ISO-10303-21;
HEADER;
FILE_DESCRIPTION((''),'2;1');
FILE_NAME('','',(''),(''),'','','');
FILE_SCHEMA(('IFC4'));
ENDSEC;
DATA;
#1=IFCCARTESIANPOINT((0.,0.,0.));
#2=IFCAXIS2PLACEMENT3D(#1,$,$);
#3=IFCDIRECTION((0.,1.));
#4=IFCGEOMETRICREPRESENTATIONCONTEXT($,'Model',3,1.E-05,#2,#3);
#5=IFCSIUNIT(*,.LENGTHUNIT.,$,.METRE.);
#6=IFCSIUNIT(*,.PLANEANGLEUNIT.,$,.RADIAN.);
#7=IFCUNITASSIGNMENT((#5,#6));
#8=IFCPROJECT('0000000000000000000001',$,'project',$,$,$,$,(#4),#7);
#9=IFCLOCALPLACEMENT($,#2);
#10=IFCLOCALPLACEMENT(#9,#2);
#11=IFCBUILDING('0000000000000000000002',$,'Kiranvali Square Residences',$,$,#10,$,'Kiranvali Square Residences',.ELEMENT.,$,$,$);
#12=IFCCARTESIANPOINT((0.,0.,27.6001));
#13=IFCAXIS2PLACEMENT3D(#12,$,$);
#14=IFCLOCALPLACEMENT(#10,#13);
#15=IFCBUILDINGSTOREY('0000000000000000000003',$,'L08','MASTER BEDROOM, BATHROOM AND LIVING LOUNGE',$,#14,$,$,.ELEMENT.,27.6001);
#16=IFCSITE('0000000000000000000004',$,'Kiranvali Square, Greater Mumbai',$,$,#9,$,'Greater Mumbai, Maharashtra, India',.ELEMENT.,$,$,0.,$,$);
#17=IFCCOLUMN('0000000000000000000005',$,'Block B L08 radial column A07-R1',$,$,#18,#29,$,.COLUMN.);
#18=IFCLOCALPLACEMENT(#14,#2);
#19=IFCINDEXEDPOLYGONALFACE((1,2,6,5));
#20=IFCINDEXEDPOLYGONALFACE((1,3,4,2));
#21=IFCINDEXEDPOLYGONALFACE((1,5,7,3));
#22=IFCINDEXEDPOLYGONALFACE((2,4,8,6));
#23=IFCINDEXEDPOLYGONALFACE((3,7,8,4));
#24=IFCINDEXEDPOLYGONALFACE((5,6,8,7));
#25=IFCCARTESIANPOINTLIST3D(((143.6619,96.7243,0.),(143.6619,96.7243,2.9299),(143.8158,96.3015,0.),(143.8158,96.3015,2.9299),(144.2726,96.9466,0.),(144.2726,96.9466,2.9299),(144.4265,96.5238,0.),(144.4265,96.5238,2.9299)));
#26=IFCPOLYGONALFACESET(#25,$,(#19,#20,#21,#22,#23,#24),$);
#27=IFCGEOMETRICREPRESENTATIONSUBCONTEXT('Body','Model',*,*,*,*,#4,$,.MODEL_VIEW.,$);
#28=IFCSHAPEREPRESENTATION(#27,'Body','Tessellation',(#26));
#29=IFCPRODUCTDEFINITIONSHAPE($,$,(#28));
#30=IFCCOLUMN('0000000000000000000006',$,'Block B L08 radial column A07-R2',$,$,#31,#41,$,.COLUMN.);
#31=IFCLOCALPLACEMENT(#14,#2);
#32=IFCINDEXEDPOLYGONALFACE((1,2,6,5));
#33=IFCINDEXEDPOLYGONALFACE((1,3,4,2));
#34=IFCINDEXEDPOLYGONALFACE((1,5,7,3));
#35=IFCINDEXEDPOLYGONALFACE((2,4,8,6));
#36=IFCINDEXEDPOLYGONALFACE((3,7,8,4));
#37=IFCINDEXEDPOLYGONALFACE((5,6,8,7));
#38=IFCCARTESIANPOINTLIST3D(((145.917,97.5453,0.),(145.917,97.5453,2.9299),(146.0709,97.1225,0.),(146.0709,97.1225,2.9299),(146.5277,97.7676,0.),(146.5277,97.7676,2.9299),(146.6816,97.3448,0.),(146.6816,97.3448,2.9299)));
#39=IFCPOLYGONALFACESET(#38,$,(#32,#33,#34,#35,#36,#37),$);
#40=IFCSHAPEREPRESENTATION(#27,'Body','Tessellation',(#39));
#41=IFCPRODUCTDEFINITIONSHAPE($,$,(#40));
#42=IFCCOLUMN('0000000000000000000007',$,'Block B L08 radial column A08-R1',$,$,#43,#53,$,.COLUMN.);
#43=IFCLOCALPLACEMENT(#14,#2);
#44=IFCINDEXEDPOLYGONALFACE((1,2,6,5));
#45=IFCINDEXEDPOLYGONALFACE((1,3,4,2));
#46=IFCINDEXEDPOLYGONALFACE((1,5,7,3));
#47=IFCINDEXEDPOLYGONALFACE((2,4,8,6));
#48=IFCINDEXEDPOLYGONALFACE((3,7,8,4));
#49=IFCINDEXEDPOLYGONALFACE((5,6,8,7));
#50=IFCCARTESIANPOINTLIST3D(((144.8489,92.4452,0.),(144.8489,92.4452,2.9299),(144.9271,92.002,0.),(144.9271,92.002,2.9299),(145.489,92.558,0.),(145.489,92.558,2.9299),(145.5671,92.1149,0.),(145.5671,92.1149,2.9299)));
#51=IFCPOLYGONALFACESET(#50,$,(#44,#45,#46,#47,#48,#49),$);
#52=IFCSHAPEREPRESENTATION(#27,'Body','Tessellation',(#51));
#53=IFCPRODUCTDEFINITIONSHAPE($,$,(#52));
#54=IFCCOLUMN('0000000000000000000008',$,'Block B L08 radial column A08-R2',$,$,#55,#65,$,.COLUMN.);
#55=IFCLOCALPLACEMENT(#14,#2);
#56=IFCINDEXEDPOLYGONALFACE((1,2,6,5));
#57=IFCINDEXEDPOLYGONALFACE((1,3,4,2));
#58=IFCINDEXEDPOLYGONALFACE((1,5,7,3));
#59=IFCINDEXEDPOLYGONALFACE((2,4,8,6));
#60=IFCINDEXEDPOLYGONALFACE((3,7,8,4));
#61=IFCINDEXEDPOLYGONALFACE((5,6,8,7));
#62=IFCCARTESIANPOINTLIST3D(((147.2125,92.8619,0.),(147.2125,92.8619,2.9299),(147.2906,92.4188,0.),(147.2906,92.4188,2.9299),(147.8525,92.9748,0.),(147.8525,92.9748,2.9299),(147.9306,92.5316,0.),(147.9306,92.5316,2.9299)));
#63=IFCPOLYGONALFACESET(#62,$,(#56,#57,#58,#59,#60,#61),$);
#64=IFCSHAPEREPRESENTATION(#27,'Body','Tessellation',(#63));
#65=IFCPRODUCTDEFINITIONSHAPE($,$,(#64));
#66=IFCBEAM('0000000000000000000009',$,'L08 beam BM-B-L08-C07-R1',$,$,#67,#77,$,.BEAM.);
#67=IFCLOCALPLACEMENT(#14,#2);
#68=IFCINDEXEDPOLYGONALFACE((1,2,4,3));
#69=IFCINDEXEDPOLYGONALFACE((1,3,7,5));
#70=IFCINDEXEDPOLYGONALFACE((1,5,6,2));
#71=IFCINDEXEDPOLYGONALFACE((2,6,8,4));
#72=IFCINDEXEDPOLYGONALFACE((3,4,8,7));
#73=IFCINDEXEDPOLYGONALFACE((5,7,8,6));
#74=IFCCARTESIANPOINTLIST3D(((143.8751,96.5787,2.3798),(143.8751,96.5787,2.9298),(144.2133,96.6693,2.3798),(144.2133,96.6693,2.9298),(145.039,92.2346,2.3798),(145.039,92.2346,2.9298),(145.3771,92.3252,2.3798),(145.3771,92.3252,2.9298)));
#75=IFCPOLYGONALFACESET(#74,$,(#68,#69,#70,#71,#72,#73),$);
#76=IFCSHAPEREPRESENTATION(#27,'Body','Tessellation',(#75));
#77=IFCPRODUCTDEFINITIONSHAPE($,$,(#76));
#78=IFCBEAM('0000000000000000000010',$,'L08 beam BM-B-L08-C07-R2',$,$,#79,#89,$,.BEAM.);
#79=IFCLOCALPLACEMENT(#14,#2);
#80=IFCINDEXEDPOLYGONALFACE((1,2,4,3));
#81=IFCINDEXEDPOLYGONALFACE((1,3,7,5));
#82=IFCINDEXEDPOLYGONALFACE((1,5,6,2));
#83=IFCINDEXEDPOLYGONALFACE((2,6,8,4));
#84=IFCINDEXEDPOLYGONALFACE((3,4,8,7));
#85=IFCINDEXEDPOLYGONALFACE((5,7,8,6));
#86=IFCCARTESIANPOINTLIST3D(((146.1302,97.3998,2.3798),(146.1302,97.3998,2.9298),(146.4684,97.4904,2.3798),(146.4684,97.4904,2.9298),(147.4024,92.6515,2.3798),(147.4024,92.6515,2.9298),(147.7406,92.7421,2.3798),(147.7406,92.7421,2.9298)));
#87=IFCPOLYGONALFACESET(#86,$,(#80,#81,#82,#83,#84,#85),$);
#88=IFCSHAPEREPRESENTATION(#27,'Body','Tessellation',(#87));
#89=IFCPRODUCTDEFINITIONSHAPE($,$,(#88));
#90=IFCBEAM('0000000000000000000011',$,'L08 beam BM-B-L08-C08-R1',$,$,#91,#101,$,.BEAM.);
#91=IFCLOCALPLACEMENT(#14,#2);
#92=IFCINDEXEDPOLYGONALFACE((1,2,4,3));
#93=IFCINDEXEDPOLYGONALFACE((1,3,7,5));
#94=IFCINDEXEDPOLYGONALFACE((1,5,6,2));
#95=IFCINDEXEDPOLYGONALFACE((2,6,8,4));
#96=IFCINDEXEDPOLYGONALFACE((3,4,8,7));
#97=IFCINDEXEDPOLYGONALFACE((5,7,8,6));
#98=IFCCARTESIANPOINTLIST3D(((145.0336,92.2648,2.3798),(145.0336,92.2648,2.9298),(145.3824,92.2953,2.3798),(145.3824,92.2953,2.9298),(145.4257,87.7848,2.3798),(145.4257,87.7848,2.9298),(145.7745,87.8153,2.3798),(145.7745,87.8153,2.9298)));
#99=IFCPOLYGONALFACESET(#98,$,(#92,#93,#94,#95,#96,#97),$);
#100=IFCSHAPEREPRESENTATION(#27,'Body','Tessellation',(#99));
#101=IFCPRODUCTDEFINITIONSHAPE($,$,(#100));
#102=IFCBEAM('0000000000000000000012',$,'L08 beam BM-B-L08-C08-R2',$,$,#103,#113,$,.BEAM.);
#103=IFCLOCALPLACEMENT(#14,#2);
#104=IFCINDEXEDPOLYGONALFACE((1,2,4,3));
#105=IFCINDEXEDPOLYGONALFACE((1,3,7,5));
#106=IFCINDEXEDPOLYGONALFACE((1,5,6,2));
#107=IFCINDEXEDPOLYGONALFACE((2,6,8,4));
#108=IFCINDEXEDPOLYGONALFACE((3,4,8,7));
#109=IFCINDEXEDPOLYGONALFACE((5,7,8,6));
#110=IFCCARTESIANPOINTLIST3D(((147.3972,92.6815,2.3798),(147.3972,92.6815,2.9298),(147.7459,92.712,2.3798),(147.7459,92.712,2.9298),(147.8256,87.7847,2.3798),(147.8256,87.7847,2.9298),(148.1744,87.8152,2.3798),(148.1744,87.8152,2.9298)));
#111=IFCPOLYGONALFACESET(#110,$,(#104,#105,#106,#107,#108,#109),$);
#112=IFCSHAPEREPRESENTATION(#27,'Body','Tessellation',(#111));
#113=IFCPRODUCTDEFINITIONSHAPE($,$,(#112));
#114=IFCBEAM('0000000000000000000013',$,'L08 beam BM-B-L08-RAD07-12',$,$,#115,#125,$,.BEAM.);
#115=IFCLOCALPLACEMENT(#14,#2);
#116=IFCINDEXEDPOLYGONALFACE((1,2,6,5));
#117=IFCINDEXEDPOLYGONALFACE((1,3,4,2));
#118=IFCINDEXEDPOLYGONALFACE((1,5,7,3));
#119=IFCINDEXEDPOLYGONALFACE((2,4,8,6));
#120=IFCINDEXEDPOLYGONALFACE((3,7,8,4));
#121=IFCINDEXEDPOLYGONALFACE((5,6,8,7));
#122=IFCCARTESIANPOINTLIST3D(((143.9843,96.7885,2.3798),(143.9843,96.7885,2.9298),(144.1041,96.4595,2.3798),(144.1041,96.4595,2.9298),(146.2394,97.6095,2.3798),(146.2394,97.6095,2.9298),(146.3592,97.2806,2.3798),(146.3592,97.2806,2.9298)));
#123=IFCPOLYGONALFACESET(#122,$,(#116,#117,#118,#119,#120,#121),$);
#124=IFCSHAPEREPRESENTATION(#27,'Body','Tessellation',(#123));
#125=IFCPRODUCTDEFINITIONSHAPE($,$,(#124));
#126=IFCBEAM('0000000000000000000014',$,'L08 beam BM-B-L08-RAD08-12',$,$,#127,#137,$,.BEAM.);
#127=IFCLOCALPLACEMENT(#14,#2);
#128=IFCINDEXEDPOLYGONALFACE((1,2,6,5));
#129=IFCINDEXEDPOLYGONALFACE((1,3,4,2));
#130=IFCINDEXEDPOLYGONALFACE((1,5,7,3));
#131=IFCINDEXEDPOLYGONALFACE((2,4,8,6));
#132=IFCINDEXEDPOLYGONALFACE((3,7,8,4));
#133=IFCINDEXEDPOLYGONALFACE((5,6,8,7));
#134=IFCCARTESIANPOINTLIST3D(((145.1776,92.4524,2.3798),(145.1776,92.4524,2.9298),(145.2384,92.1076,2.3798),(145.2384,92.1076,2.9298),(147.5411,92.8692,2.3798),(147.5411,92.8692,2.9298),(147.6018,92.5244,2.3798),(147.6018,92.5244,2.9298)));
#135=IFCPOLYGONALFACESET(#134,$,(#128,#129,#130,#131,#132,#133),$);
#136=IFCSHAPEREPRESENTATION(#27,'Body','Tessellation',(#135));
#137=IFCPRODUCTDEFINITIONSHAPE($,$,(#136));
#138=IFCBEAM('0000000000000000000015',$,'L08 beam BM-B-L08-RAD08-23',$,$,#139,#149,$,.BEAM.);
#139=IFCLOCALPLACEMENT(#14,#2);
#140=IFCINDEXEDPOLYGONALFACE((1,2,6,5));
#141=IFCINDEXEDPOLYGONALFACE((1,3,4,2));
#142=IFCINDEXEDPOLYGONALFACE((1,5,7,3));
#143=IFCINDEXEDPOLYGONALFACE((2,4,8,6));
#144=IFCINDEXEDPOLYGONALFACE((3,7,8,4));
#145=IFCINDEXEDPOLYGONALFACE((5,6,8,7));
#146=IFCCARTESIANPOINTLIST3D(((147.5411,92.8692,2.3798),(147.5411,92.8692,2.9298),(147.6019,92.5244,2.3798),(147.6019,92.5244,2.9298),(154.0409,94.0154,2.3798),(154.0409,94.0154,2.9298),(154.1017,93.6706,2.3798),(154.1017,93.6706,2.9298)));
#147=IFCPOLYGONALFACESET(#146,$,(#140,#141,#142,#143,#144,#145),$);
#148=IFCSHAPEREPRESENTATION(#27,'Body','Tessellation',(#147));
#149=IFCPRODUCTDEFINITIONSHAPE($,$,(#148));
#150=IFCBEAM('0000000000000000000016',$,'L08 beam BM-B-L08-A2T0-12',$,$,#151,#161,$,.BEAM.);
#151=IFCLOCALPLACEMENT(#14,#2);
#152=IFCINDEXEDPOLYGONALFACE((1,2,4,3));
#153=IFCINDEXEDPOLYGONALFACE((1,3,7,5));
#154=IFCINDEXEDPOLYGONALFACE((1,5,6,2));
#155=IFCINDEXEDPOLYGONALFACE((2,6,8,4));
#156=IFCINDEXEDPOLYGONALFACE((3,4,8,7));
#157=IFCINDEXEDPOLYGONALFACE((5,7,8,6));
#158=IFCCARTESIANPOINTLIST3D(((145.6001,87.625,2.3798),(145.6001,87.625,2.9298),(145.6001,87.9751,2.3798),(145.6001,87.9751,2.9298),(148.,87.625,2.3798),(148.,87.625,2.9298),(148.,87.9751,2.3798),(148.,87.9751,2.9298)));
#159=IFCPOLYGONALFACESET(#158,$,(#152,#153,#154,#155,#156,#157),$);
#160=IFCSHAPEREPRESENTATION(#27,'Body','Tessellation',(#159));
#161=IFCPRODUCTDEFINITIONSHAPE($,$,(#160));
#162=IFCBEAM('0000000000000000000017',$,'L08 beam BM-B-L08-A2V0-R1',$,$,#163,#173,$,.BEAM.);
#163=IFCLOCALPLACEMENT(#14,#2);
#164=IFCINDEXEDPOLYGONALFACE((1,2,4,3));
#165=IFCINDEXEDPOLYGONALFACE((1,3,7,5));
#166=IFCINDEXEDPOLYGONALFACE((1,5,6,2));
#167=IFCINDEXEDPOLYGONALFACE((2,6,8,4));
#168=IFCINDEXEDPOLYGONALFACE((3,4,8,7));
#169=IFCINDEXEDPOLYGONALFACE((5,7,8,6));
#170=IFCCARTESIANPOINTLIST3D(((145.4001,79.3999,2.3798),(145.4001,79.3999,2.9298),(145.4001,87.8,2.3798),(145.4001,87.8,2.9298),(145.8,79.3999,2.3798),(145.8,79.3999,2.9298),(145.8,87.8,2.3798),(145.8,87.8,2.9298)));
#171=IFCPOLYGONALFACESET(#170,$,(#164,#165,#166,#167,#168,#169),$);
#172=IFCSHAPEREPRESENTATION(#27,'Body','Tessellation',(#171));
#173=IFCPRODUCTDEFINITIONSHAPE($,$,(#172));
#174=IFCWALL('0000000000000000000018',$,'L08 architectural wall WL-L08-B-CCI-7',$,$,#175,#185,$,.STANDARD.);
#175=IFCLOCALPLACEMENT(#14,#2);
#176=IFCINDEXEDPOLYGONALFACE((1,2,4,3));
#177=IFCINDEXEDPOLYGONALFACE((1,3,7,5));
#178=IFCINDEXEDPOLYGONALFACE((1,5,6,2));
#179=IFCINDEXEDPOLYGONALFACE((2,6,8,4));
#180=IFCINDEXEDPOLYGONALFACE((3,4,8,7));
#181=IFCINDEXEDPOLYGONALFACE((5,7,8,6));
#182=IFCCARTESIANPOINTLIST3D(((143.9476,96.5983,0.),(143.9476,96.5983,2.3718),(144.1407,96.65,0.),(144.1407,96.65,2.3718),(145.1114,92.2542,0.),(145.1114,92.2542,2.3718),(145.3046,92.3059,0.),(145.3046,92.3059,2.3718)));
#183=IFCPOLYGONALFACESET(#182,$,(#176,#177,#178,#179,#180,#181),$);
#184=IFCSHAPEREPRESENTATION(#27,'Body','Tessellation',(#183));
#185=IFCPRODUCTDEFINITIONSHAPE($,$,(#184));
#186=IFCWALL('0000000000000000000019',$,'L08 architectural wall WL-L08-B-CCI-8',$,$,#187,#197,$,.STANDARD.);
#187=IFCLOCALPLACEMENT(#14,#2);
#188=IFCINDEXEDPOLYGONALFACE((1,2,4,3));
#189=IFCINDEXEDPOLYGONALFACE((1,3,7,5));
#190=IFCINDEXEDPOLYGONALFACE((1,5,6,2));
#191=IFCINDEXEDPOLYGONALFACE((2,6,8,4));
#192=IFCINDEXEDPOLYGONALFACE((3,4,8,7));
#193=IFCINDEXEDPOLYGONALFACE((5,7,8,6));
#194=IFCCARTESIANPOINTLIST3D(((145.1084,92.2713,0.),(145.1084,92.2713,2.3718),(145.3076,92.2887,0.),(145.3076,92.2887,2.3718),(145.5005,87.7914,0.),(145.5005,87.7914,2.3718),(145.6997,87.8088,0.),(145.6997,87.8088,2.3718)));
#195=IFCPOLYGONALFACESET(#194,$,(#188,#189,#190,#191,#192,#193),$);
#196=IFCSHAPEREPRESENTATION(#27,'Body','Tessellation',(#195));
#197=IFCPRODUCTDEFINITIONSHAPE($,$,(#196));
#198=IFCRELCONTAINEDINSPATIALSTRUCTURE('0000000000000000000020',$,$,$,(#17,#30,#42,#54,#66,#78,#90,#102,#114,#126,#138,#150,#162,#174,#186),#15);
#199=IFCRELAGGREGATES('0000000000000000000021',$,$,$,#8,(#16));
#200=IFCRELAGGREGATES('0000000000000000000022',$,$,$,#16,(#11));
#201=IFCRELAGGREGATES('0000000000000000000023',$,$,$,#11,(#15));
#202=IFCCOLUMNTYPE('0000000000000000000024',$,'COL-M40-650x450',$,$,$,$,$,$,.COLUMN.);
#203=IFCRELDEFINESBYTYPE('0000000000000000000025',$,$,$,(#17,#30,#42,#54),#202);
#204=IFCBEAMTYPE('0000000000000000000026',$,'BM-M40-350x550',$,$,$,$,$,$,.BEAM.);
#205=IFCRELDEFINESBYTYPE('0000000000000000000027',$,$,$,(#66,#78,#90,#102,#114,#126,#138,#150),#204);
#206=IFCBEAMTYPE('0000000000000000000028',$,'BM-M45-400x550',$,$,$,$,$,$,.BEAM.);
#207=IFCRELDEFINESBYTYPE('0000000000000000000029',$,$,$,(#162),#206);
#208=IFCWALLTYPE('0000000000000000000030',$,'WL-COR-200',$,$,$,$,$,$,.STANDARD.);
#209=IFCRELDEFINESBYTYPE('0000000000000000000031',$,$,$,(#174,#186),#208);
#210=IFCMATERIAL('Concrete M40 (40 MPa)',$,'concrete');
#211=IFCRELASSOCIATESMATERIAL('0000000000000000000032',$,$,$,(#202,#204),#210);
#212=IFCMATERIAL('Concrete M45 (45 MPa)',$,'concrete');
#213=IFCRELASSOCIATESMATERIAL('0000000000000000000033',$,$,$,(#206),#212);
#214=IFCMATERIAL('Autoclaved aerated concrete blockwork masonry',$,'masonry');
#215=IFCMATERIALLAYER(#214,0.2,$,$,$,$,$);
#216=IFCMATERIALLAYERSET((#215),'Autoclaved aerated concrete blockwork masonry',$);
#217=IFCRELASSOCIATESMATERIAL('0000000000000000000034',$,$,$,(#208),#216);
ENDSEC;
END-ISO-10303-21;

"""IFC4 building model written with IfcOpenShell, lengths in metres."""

from ifc_helpers import new_model, si_unit, direction, frame, frame_2d, origin, origin_2d, place, context, subcontext, project, spatial, rectangle, extrude, material, layer, layer_set, material_profile, profile_set, type_object, element, save


model = new_model("IFC4")

# Units and contexts
model_context = context("Model", 3, precision=1e-05, world=origin(), true_north=direction((0.0, 1.0)))
body_context = subcontext(model_context, "Body", "Model", "MODEL_VIEW")
ifc_project = project(units=[si_unit("LENGTHUNIT", "METRE"), si_unit("PLANEANGLEUNIT", "RADIAN")], contexts=[model_context])

# Site, building, storey
site_placement = place(None, origin())
site = spatial("IfcSite", under=ifc_project, at=site_placement, Name="Kiranvali Square, Greater Mumbai", LongName="Greater Mumbai, Maharashtra, India", CompositionType="ELEMENT", RefElevation=0.0)
building_placement = place(site_placement, origin())
building = spatial("IfcBuilding", under=site, at=building_placement, Name="Kiranvali Square Residences", LongName="Kiranvali Square Residences", CompositionType="ELEMENT")
storey_placement = place(building_placement, frame((0.0, 0.0, 27.6001)))
storey = spatial("IfcBuildingStorey", under=building, at=storey_placement, Name="L08", Description="MASTER BEDROOM, BATHROOM AND LIVING LOUNGE", CompositionType="ELEMENT", Elevation=27.6001)

# Columns
ifc_material_1 = material(Name="Concrete M40 (40 MPa)", Category="concrete")
ifc_material_profile_1 = material_profile(ifc_material_1, rectangle(XDim=0.45, YDim=0.6499, at=origin_2d()), Name="RC 650x450")
ifc_profile_set_1 = profile_set([ifc_material_profile_1], Name="Concrete M40 (40 MPa)")
column_type = type_object("IfcColumnType", Name="COL-M40-650x450", PredefinedType="COLUMN", material=ifc_profile_set_1)
for number, where, z_axis, x_axis, name in (
    (1, (144.0442, 96.624, 0.0), (0.0, 0.0, 1.0), (-0.34202, 0.939693, 0.0), "Block B L08 radial column A07-R1"),
    (2, (146.2993, 97.4451, 0.0), (0.0, 0.0, 1.0), (-0.34202, 0.939693, 0.0), "Block B L08 radial column A07-R2"),
    (3, (145.208, 92.28, 0.0), (0.0, 0.0, 1.0), (-0.173648, 0.984808, 0.0), "Block B L08 radial column A08-R1"),
    (4, (147.5715, 92.6968, 0.0), (0.0, 0.0, 1.0), (-0.173648, 0.984808, 0.0), "Block B L08 radial column A08-R2"),
):
    element("IfcColumn", number, at=place(storey_placement, frame(where, z_axis=z_axis, x_axis=x_axis)), inside=storey, type_object=column_type, Name=name, PredefinedType="COLUMN", context=body_context, shape_type="SweptSolid", body=[
        extrude(rectangle(XDim=0.45, YDim=0.6499, at=origin_2d()), origin(), (0.0, 0.0, 1.0), 2.9299),
    ])

# Beams
ifc_material_profile_2 = material_profile(ifc_material_1, rectangle(XDim=0.3501, YDim=0.55, at=origin_2d()), Name="RC 350x550")
ifc_profile_set_2 = profile_set([ifc_material_profile_2], Name="Concrete M40 (40 MPa)")
beam_type_1 = type_object("IfcBeamType", Name="BM-M40-350x550", PredefinedType="BEAM", material=ifc_profile_set_2)
beam_1_placement = place(storey_placement, frame((144.0442, 96.624, 2.6548), z_axis=(0.258788, -0.965934, 0.0), x_axis=(0.965934, 0.258788, 0.0)))
element("IfcBeam", 5, at=beam_1_placement, inside=storey, type_object=beam_type_1, Name="L08 beam BM-B-L08-C07-R1", PredefinedType="BEAM", context=body_context, shape_type="SweptSolid", body=[
    extrude(rectangle(XDim=0.3501, YDim=0.55, at=origin_2d()), origin(), (0.0, 0.0, 1.0), 4.4973),
])
beam_2_placement = place(storey_placement, frame((146.2993, 97.4451, 2.6548), z_axis=(0.258803, -0.96593, 0.0), x_axis=(0.96593, 0.258803, 0.0)))
element("IfcBeam", 6, at=beam_2_placement, inside=storey, type_object=beam_type_1, Name="L08 beam BM-B-L08-C07-R2", PredefinedType="BEAM", context=body_context, shape_type="SweptSolid", body=[
    extrude(rectangle(XDim=0.3501, YDim=0.55, at=origin_2d()), origin(), (0.0, 0.0, 1.0), 4.9158),
])
beam_3_placement = place(storey_placement, frame((145.208, 92.28, 2.6548), z_axis=(0.087187, -0.996192, 0.0), x_axis=(0.996192, 0.087187, 0.0)))
element("IfcBeam", 7, at=beam_3_placement, inside=storey, type_object=beam_type_1, Name="L08 beam BM-B-L08-C08-R1", PredefinedType="BEAM", context=body_context, shape_type="SweptSolid", body=[
    extrude(rectangle(XDim=0.3501, YDim=0.55, at=origin_2d()), origin(), (0.0, 0.0, 1.0), 4.4971),
])
beam_4_placement = place(storey_placement, frame((147.5715, 92.6968, 2.6548), z_axis=(0.087168, -0.996194, 0.0), x_axis=(0.996194, 0.087168, 0.0)))
element("IfcBeam", 8, at=beam_4_placement, inside=storey, type_object=beam_type_1, Name="L08 beam BM-B-L08-C08-R2", PredefinedType="BEAM", context=body_context, shape_type="SweptSolid", body=[
    extrude(rectangle(XDim=0.3501, YDim=0.55, at=origin_2d()), origin(), (0.0, 0.0, 1.0), 4.9155),
])
for number, where, z_axis, x_axis, name in (
    (9, (144.0442, 96.624, 2.6548), (0.93966, 0.342111, 0.0), (-0.342111, 0.93966, 0.0), "L08 beam BM-B-L08-RAD07-12"),
    (10, (145.208, 92.28, 2.6548), (0.984808, 0.173646, 0.0), (-0.173646, 0.984808, 0.0), "L08 beam BM-B-L08-RAD08-12"),
):
    element("IfcBeam", number, at=place(storey_placement, frame(where, z_axis=z_axis, x_axis=x_axis)), inside=storey, type_object=beam_type_1, Name=name, PredefinedType="BEAM", context=body_context, shape_type="SweptSolid", body=[
        extrude(rectangle(XDim=0.3501, YDim=0.55, at=origin_2d()), origin(), (0.0, 0.0, 1.0), 2.3999),
    ])
beam_5_placement = place(storey_placement, frame((147.5715, 92.6968, 2.6548), z_axis=(0.984804, 0.173671, 0.0), x_axis=(-0.173671, 0.984804, 0.0)))
element("IfcBeam", 11, at=beam_5_placement, inside=storey, type_object=beam_type_1, Name="L08 beam BM-B-L08-RAD08-23", PredefinedType="BEAM", context=body_context, shape_type="SweptSolid", body=[
    extrude(rectangle(XDim=0.3501, YDim=0.55, at=origin_2d()), origin(), (0.0, 0.0, 1.0), 6.6001),
])
beam_6_placement = place(storey_placement, frame((145.6001, 87.8, 2.6548), z_axis=(1.0, 0.0, 0.0), x_axis=(0.0, 1.0, 0.0)))
element("IfcBeam", 12, at=beam_6_placement, inside=storey, type_object=beam_type_1, Name="L08 beam BM-B-L08-A2T0-12", PredefinedType="BEAM", context=body_context, shape_type="SweptSolid", body=[
    extrude(rectangle(XDim=0.3501, YDim=0.55, at=origin_2d()), origin(), (0.0, 0.0, 1.0), 2.3999),
])
ifc_material_2 = material(Name="Concrete M45 (45 MPa)", Category="concrete")
ifc_material_profile_3 = material_profile(ifc_material_2, rectangle(XDim=0.3999, YDim=0.55, at=origin_2d()), Name="RC 400x550")
ifc_profile_set_3 = profile_set([ifc_material_profile_3], Name="Concrete M45 (45 MPa)")
beam_type_2 = type_object("IfcBeamType", Name="BM-M45-400x550", PredefinedType="BEAM", material=ifc_profile_set_3)
beam_7_placement = place(storey_placement, frame((145.6001, 87.8, 2.6548), z_axis=(0.0, -1.0, 0.0), x_axis=(1.0, 0.0, 0.0)))
element("IfcBeam", 13, at=beam_7_placement, inside=storey, type_object=beam_type_2, Name="L08 beam BM-B-L08-A2V0-R1", PredefinedType="BEAM", context=body_context, shape_type="SweptSolid", body=[
    extrude(rectangle(XDim=0.3999, YDim=0.55, at=origin_2d()), origin(), (0.0, 0.0, 1.0), 8.4001),
])

# Walls
ifc_material_3 = material(Name="Autoclaved aerated concrete blockwork masonry", Category="masonry")
ifc_layer_1 = layer(ifc_material_3, 0.2)
ifc_layer_set_1 = layer_set([ifc_layer_1], Name="Autoclaved aerated concrete blockwork masonry")
wall_type_1 = type_object("IfcWallType", Name="WL-COR-200", PredefinedType="STANDARD", material=ifc_layer_set_1)
wall_1_placement = place(storey_placement, frame((144.0442, 96.624, 0.0), z_axis=(0.0, 0.0, 1.0), x_axis=(0.258788, -0.965934, 0.0)))
element("IfcWall", 14, at=wall_1_placement, inside=storey, type_object=wall_type_1, Name="L08 architectural wall WL-L08-B-CCI-7", PredefinedType="STANDARD", context=body_context, shape_type="SweptSolid", body=[
    extrude(rectangle(XDim=4.4973, YDim=0.2, at=frame_2d((2.2485, 0.0))), origin(), (0.0, 0.0, 1.0), 2.3718),
])
wall_2_placement = place(storey_placement, frame((145.208, 92.28, 0.0), z_axis=(0.0, 0.0, 1.0), x_axis=(0.087187, -0.996192, 0.0)))
element("IfcWall", 15, at=wall_2_placement, inside=storey, type_object=wall_type_1, Name="L08 architectural wall WL-L08-B-CCI-8", PredefinedType="STANDARD", context=body_context, shape_type="SweptSolid", body=[
    extrude(rectangle(XDim=4.4971, YDim=0.2, at=frame_2d((2.2485, 0.0))), origin(), (0.0, 0.0, 1.0), 2.3718),
])

save(model, "model.ifc")
